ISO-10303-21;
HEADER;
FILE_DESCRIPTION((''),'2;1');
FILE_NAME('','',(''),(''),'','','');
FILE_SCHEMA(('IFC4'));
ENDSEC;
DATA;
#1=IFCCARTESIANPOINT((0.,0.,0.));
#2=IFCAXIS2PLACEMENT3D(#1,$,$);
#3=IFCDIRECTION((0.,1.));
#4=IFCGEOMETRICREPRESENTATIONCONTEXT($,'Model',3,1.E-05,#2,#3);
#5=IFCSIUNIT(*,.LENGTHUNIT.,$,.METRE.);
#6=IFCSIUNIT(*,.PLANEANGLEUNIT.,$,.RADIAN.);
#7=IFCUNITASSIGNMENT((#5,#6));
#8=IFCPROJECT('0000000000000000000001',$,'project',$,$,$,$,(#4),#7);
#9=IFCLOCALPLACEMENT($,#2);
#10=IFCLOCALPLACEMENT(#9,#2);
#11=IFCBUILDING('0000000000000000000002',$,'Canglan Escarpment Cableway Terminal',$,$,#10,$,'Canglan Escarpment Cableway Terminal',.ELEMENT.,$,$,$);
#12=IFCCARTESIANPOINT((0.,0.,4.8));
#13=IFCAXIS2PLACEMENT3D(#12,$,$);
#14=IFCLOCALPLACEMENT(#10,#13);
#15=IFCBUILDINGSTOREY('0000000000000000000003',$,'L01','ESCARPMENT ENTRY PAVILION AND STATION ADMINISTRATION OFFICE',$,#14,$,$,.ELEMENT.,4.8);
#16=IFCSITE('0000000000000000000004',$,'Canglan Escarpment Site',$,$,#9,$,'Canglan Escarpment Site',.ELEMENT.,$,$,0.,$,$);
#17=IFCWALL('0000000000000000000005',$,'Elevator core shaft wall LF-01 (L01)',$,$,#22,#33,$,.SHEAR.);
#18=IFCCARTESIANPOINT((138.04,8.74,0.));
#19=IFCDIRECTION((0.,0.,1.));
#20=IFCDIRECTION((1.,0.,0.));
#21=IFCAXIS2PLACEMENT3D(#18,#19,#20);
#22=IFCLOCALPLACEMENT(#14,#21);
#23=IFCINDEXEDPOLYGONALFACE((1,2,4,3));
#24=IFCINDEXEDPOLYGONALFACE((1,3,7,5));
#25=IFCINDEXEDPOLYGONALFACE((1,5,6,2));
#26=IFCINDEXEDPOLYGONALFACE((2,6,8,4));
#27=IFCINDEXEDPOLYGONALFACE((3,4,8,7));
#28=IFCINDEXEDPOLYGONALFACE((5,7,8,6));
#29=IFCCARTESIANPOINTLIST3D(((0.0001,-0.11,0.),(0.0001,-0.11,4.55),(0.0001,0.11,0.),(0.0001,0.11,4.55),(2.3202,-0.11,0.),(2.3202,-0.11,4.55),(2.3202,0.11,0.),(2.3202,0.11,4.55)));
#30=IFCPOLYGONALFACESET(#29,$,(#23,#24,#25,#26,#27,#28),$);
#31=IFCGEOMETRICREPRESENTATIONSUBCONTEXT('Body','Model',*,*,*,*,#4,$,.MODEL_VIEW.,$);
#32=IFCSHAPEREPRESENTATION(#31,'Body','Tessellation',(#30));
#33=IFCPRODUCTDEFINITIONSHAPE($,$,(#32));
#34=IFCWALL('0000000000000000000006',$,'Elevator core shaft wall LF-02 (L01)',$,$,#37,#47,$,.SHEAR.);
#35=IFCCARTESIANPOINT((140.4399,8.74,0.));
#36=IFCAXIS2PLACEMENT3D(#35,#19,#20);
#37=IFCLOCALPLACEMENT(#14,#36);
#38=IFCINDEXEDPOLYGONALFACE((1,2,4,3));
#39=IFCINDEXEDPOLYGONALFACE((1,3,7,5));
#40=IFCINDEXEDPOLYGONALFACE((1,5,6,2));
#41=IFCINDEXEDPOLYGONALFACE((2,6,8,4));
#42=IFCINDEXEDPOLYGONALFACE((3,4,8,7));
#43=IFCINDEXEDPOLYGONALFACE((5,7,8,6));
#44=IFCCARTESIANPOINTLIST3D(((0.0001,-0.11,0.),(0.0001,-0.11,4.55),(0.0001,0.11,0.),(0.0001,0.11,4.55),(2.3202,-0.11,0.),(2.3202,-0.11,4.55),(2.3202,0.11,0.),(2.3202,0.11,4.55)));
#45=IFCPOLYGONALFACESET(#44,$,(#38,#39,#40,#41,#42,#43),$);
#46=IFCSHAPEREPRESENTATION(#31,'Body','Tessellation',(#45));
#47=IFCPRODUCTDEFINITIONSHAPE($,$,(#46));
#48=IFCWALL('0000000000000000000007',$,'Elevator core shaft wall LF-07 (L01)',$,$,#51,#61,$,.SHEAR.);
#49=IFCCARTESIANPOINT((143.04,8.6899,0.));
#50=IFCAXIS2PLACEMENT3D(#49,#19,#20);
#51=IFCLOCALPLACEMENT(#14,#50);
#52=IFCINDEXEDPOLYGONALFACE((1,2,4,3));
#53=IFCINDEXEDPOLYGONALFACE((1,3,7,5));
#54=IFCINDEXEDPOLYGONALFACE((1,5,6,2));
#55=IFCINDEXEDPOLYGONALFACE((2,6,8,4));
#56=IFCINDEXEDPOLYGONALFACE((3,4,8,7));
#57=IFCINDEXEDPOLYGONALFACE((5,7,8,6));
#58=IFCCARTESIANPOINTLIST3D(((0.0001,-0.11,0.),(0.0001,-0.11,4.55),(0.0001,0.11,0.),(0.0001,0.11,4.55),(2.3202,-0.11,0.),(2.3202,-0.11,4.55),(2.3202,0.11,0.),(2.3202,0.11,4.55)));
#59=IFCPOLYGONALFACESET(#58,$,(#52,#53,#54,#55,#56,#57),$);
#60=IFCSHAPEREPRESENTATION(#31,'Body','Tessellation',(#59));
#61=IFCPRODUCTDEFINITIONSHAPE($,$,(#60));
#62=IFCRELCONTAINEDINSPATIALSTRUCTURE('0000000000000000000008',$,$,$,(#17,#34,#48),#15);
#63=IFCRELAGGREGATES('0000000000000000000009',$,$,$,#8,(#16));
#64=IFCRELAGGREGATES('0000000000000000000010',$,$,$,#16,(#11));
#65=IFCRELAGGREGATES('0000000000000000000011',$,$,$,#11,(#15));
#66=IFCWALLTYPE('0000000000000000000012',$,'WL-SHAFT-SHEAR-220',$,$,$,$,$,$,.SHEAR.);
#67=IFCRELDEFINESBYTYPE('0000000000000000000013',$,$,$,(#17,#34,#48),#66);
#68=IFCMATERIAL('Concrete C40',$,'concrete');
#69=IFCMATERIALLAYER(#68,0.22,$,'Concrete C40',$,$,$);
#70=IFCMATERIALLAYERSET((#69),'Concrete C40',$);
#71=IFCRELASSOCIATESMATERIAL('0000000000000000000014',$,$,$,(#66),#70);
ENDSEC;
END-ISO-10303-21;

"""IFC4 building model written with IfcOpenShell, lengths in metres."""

from ifc_helpers import new_model, si_unit, direction, frame, frame_2d, origin, place, context, subcontext, project, spatial, rectangle, extrude, material, layer, layer_set, type_object, element, save


model = new_model("IFC4")

# Units and contexts
model_context = context("Model", 3, precision=1e-05, world=origin(), true_north=direction((0.0, 1.0)))
body_context = subcontext(model_context, "Body", "Model", "MODEL_VIEW")
ifc_project = project(units=[si_unit("LENGTHUNIT", "METRE"), si_unit("PLANEANGLEUNIT", "RADIAN")], contexts=[model_context])

# Site, building, storey
site_placement = place(None, origin())
site = spatial("IfcSite", under=ifc_project, at=site_placement, Name="Canglan Escarpment Site", LongName="Canglan Escarpment Site", CompositionType="ELEMENT", RefElevation=0.0)
building_placement = place(site_placement, origin())
building = spatial("IfcBuilding", under=site, at=building_placement, Name="Canglan Escarpment Cableway Terminal", LongName="Canglan Escarpment Cableway Terminal", CompositionType="ELEMENT")
storey_placement = place(building_placement, frame((0.0, 0.0, 4.8)))
storey = spatial("IfcBuildingStorey", under=building, at=storey_placement, Name="L01", Description="ESCARPMENT ENTRY PAVILION AND STATION ADMINISTRATION OFFICE", CompositionType="ELEMENT", Elevation=4.8)

# Shared definitions
ifc_material_1 = material(Name="Concrete C40", Category="concrete")

# Wall
ifc_layer_1 = layer(ifc_material_1, 0.22, Name="Concrete C40")
ifc_layer_set_1 = layer_set([ifc_layer_1], Name="Concrete C40")
wall_type_1 = type_object("IfcWallType", Name="WL-SHAFT-SHEAR-220", PredefinedType="SHEAR", material=ifc_layer_set_1)
wall_1_placement = place(storey_placement, frame((138.04, 8.74, 0.0), z_axis=(0.0, 0.0, 1.0), x_axis=(1.0, 0.0, 0.0)))
element("IfcWall", 1, at=wall_1_placement, inside=storey, type_object=wall_type_1, Name="Elevator core shaft wall LF-01 (L01)", PredefinedType="SHEAR", context=body_context, shape_type="SweptSolid", body=[
    extrude(rectangle(XDim=2.3201, YDim=0.22, at=frame_2d((1.1602, 0.0))), origin(), (0.0, 0.0, 1.0), 4.55),
])

# Wall
wall_2_placement = place(storey_placement, frame((140.4399, 8.74, 0.0), z_axis=(0.0, 0.0, 1.0), x_axis=(1.0, 0.0, 0.0)))
element("IfcWall", 2, at=wall_2_placement, inside=storey, type_object=wall_type_1, Name="Elevator core shaft wall LF-02 (L01)", PredefinedType="SHEAR", context=body_context, shape_type="SweptSolid", body=[
    extrude(rectangle(XDim=2.3201, YDim=0.22, at=frame_2d((1.1602, 0.0))), origin(), (0.0, 0.0, 1.0), 4.55),
])

# Wall
wall_3_placement = place(storey_placement, frame((143.04, 8.6899, 0.0), z_axis=(0.0, 0.0, 1.0), x_axis=(1.0, 0.0, 0.0)))
element("IfcWall", 3, at=wall_3_placement, inside=storey, type_object=wall_type_1, Name="Elevator core shaft wall LF-07 (L01)", PredefinedType="SHEAR", context=body_context, shape_type="SweptSolid", body=[
    extrude(rectangle(XDim=2.3201, YDim=0.22, at=frame_2d((1.1602, 0.0))), origin(), (0.0, 0.0, 1.0), 4.55),
])

save(model, "model.ifc")
